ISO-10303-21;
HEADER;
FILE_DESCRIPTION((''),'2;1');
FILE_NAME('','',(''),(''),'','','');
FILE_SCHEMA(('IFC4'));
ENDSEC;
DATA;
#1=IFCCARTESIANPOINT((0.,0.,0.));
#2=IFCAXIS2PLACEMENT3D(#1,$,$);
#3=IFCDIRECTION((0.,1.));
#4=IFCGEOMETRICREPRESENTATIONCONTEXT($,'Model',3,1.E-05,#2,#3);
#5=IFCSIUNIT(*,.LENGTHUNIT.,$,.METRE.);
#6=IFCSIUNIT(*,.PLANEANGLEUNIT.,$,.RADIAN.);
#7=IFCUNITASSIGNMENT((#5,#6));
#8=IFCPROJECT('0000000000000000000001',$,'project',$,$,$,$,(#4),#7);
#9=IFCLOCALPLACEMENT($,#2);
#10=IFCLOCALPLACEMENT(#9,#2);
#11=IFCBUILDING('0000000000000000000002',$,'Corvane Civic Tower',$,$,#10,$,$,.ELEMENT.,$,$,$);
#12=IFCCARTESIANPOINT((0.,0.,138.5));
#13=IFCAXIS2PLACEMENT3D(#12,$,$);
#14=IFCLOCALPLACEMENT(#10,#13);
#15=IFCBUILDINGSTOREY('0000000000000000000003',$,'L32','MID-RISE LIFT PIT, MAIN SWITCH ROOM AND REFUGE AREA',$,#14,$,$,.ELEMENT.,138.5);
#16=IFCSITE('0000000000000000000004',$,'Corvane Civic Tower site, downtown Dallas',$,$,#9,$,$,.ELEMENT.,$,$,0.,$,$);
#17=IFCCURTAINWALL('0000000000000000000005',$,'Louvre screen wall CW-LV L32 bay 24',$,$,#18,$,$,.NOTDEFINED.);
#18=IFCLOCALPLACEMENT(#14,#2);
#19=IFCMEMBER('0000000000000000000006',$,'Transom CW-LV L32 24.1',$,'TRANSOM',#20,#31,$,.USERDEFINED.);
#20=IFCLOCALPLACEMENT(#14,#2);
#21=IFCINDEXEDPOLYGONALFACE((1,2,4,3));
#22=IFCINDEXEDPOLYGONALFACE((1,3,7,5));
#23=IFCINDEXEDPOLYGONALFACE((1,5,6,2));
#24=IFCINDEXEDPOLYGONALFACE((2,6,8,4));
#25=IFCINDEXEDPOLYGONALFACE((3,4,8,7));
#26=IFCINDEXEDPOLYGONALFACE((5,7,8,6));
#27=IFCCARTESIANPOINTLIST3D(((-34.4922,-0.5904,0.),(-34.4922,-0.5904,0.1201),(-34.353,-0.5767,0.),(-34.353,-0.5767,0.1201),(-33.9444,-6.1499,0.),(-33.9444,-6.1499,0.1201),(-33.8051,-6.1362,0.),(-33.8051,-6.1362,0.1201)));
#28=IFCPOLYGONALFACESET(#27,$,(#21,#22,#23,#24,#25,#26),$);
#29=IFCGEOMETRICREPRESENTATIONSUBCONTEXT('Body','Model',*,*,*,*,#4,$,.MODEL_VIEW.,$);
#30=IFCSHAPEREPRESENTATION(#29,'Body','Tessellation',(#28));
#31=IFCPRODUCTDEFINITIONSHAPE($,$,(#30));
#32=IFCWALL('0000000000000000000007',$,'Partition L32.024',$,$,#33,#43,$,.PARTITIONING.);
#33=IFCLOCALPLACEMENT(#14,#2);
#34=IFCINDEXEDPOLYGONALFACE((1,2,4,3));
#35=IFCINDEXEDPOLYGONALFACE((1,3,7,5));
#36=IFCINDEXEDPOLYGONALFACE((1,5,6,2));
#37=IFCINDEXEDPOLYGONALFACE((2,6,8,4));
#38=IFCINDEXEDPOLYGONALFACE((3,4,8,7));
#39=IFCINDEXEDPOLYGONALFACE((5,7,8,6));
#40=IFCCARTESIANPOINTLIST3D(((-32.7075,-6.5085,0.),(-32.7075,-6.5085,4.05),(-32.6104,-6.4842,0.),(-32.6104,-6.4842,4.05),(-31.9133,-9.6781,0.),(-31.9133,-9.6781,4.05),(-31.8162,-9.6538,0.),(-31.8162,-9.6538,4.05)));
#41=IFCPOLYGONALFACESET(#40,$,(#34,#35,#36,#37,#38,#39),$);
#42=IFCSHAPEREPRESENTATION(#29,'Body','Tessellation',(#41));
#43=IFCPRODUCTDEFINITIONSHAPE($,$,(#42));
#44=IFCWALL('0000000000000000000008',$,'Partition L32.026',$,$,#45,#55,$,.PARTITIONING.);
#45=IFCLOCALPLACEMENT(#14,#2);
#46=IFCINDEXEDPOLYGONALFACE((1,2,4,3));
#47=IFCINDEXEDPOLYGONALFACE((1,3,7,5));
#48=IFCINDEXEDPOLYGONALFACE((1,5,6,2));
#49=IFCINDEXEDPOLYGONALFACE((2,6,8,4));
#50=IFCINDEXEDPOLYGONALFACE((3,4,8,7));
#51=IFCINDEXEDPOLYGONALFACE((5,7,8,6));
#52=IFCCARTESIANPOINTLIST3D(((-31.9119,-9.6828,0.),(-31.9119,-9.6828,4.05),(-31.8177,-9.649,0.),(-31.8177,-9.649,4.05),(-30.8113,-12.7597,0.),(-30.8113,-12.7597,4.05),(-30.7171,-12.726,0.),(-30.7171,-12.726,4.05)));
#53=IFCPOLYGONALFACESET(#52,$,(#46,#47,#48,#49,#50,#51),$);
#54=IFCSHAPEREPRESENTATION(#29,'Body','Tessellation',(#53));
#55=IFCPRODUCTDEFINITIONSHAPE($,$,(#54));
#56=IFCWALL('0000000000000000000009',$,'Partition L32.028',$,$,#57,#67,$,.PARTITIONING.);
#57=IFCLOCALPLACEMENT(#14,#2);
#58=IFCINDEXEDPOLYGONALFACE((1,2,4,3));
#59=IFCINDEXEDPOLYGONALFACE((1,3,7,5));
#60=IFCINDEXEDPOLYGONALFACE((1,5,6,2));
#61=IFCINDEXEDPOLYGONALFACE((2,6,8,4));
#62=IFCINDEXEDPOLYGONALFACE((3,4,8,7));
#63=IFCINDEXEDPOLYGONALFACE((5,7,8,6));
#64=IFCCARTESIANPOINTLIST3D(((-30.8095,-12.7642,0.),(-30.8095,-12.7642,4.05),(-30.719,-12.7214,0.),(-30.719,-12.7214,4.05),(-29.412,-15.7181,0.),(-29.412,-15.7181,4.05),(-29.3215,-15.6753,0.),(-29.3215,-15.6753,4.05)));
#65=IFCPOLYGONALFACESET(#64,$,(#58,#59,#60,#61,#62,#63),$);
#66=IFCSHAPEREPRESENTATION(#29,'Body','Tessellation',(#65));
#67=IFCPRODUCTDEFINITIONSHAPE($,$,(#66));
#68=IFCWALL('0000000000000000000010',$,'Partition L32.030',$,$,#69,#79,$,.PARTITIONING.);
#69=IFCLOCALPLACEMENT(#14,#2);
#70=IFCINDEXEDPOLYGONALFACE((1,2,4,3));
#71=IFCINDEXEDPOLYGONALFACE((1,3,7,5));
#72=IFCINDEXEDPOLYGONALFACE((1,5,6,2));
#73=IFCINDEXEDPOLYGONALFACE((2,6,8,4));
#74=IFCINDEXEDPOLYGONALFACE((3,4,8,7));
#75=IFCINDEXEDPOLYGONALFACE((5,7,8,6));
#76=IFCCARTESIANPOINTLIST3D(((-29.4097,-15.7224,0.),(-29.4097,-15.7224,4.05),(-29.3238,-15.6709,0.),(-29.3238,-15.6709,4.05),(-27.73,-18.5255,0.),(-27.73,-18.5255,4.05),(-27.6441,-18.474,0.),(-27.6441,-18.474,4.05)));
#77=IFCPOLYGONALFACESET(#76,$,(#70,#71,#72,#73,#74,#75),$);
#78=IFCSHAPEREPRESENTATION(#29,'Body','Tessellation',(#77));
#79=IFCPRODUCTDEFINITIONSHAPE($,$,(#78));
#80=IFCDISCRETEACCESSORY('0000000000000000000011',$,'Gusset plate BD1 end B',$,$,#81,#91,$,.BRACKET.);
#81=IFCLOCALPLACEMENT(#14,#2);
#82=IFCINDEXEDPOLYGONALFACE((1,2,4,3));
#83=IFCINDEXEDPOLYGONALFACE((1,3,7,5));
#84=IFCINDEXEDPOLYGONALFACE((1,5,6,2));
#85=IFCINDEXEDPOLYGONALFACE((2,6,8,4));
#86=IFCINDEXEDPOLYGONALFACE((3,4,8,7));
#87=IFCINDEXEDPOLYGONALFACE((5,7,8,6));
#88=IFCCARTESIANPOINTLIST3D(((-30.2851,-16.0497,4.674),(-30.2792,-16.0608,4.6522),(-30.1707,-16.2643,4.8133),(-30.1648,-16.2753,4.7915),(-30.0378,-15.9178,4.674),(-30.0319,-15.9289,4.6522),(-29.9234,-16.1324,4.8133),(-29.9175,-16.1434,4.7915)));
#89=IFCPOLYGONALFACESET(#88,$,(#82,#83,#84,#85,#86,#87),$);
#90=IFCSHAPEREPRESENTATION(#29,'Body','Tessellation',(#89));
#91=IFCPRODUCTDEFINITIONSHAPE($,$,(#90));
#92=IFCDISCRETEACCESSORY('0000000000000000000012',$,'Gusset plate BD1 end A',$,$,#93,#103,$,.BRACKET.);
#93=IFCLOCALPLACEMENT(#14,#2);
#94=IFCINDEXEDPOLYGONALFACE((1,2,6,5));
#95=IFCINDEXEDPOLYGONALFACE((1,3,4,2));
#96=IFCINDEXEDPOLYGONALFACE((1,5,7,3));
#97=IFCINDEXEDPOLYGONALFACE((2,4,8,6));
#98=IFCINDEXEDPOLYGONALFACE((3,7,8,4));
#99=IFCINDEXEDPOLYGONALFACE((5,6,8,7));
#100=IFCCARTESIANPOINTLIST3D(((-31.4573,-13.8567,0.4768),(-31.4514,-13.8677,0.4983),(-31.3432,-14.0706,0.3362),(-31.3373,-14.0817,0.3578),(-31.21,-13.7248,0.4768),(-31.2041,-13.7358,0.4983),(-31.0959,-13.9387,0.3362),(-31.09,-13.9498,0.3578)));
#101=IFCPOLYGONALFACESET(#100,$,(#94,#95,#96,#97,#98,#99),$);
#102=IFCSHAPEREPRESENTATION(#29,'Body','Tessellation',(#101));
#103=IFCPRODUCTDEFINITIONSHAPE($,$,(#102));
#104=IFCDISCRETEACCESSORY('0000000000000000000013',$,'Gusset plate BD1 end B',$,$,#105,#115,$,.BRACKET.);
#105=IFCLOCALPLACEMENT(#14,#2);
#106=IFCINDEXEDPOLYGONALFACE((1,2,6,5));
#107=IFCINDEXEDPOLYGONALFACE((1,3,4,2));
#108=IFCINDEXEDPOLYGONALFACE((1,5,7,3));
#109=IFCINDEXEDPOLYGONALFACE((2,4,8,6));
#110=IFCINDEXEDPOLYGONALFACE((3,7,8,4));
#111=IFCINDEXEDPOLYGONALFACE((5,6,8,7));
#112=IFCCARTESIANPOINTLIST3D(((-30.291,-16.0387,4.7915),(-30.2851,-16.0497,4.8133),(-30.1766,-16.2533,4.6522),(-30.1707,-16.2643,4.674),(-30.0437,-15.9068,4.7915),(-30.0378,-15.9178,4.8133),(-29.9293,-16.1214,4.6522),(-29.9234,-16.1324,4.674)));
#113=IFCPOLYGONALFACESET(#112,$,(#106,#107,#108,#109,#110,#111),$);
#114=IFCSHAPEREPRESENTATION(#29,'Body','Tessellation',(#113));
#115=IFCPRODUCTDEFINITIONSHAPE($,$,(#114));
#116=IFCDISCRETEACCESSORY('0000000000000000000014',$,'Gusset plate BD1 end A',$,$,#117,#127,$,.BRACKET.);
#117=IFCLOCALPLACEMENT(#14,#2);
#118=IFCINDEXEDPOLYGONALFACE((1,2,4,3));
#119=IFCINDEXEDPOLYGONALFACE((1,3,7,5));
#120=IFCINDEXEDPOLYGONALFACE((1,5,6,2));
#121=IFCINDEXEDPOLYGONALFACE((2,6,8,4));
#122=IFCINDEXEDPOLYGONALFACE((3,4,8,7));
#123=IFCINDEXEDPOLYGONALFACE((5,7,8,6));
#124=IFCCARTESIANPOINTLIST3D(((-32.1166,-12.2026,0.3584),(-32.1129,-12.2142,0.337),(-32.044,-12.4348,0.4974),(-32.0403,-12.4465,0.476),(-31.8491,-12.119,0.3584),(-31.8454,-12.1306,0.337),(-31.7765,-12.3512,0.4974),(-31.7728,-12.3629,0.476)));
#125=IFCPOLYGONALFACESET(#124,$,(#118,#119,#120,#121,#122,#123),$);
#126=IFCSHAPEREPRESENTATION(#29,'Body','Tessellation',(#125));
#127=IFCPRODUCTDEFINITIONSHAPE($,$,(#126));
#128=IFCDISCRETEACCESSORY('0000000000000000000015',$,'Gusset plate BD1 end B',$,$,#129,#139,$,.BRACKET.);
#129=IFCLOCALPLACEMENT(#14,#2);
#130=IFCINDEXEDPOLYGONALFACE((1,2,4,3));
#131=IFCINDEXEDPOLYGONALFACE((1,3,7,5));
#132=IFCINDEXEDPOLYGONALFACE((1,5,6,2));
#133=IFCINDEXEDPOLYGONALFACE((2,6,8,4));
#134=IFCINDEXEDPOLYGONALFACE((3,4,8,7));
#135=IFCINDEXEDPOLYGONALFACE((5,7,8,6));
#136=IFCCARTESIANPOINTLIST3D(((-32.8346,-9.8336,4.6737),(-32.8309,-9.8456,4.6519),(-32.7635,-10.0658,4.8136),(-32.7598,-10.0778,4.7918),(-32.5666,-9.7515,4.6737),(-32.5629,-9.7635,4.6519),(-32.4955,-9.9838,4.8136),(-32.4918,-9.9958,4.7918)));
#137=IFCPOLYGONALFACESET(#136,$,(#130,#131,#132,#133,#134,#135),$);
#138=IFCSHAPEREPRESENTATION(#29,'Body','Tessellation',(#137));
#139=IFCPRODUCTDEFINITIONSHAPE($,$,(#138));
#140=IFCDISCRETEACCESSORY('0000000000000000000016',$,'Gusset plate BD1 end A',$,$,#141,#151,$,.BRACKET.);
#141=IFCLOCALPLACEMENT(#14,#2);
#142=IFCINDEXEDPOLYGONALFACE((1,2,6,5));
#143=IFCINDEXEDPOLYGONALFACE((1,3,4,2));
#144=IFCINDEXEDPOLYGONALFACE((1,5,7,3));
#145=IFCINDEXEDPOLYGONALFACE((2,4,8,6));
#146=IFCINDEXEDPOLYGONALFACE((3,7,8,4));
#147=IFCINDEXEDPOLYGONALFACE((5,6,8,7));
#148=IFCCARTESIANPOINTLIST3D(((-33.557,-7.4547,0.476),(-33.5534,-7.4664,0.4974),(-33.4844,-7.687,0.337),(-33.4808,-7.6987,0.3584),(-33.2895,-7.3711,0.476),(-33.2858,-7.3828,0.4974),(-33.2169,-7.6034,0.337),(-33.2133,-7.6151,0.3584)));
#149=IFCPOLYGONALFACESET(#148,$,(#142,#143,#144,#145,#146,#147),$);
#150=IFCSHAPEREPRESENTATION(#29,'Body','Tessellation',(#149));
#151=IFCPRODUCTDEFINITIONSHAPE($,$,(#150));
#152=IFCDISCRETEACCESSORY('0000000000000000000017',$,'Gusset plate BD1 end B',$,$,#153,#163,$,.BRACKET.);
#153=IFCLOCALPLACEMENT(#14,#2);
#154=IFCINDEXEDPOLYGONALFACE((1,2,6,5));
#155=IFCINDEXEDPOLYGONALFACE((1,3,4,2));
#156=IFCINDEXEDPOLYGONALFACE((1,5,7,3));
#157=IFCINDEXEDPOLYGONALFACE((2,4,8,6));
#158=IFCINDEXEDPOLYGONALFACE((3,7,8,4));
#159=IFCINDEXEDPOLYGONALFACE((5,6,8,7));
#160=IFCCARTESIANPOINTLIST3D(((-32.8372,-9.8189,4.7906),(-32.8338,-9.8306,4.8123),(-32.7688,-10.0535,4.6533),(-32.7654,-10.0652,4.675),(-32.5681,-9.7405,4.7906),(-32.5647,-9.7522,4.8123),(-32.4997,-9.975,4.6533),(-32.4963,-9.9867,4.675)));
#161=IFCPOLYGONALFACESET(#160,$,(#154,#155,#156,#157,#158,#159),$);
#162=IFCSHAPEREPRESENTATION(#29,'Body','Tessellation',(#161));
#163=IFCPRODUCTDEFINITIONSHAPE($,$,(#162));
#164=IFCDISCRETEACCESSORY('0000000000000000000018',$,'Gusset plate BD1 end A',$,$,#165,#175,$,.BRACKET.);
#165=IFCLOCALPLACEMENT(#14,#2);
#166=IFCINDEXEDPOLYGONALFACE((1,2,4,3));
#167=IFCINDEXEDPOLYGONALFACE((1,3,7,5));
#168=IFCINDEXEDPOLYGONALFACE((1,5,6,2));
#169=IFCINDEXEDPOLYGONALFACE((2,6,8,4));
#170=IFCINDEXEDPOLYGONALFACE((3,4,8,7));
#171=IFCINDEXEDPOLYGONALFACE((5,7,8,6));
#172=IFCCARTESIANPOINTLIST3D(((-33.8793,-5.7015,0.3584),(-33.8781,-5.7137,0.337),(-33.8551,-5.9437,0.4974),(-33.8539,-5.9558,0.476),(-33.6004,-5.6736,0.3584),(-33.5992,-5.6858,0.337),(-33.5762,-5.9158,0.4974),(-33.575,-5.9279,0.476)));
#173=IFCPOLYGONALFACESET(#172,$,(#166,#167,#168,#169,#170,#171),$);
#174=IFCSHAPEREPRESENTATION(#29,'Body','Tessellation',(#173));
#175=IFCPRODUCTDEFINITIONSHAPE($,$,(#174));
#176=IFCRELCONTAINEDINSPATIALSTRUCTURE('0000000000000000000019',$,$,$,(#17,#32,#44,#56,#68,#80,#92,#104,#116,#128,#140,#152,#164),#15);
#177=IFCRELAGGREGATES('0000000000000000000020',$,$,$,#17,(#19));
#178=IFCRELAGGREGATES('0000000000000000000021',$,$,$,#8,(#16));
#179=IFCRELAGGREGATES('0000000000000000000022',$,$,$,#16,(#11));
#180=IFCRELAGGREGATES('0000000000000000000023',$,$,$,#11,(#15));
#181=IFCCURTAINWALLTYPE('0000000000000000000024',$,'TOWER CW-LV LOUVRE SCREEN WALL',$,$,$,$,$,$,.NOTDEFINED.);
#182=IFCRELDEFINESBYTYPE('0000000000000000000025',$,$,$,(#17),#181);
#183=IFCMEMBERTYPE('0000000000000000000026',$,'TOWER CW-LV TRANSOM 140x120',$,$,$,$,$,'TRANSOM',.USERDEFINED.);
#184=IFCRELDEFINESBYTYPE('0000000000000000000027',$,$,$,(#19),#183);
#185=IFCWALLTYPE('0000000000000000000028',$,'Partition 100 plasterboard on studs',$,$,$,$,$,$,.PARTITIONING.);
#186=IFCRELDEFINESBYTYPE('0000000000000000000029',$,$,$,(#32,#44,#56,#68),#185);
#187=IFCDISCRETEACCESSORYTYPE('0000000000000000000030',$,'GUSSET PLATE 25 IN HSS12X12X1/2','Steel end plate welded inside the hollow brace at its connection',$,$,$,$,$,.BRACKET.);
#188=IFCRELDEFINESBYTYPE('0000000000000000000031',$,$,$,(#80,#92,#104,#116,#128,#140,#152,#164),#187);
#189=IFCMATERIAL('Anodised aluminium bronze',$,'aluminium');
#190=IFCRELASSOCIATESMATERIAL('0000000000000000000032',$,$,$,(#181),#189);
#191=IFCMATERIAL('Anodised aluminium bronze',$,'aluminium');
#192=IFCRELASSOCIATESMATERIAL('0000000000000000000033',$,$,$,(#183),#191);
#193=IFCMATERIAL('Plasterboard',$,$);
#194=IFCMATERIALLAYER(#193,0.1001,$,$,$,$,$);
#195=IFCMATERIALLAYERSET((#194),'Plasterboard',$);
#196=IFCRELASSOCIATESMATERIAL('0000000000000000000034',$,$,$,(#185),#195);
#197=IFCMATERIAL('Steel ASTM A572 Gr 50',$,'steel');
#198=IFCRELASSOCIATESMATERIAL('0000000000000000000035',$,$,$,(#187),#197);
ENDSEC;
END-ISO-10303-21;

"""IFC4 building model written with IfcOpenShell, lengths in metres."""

from ifc_helpers import new_model, si_unit, direction, frame, frame_2d, origin, origin_2d, place, context, subcontext, project, spatial, rectangle, extrude, material, layer, layer_set, material_profile, profile_set, type_object, element, aggregate, save


model = new_model("IFC4")

# Units and contexts
model_context = context("Model", 3, precision=1e-05, world=origin(), true_north=direction((0.0, 1.0)))
body_context = subcontext(model_context, "Body", "Model", "MODEL_VIEW")
ifc_project = project(units=[si_unit("LENGTHUNIT", "METRE"), si_unit("PLANEANGLEUNIT", "RADIAN")], contexts=[model_context])

# Site, building, storey
site_placement = place(None, origin())
site = spatial("IfcSite", under=ifc_project, at=site_placement, Name="Corvane Civic Tower site, downtown Dallas", CompositionType="ELEMENT", RefElevation=0.0)
building_placement = place(site_placement, origin())
building = spatial("IfcBuilding", under=site, at=building_placement, Name="Corvane Civic Tower", CompositionType="ELEMENT")
storey_placement = place(building_placement, frame((0.0, 0.0, 138.5)))
storey = spatial("IfcBuildingStorey", under=building, at=storey_placement, Name="L32", Description="MID-RISE LIFT PIT, MAIN SWITCH ROOM AND REFUGE AREA", CompositionType="ELEMENT", Elevation=138.5)

# Curtain wall, member
ifc_material_1 = material(Name="Anodised aluminium bronze", Category="aluminium")
curtain_wall_type = type_object("IfcCurtainWallType", Name="TOWER CW-LV LOUVRE SCREEN WALL", PredefinedType="NOTDEFINED", material=ifc_material_1)
ifc_material_2 = material(Name="Anodised aluminium bronze", Category="aluminium")
ifc_material_profile_1 = material_profile(ifc_material_2, rectangle(XDim=0.1399, YDim=0.1201, at=origin_2d()), Name="TOWER CW-LV TRANSOM 140x120")
ifc_profile_set_1 = profile_set([ifc_material_profile_1], Name="Anodised aluminium bronze")
member_type_1 = type_object("IfcMemberType", Name="TOWER CW-LV TRANSOM 140x120", ElementType="TRANSOM", PredefinedType="USERDEFINED", material=ifc_profile_set_1)
curtain_wall_1_placement = place(storey_placement, origin())
curtain_wall_1 = element("IfcCurtainWall", 1, at=curtain_wall_1_placement, inside=storey, type_object=curtain_wall_type, Name="Louvre screen wall CW-LV L32 bay 24", PredefinedType="NOTDEFINED")
member_1_placement = place(storey_placement, frame((-33.8748, -6.1431, 0.0601), z_axis=(-0.098067, 0.99518, 0.0), x_axis=(-0.99518, -0.098067, 0.0)))
member_1 = element("IfcMember", 2, at=member_1_placement, type_object=member_type_1, Name="Transom CW-LV L32 24.1", ObjectType="TRANSOM", PredefinedType="USERDEFINED", context=body_context, shape_type="SweptSolid", body=[
    extrude(rectangle(XDim=0.1399, YDim=0.1201, at=origin_2d()), origin(), (0.0, 0.0, 1.0), 5.5864),
])

# Walls
ifc_material_3 = material(Name="Plasterboard")
ifc_layer = layer(ifc_material_3, 0.1001)
ifc_layer_set = layer_set([ifc_layer], Name="Plasterboard")
wall_type = type_object("IfcWallType", Name="Partition 100 plasterboard on studs", PredefinedType="PARTITIONING", material=ifc_layer_set)
wall_placement = place(storey_placement, frame((-32.6589, -6.4963, 0.0), z_axis=(0.0, 0.0, 1.0), x_axis=(0.243045, -0.970015, 0.0)))
element("IfcWall", 3, at=wall_placement, inside=storey, type_object=wall_type, Name="Partition L32.024", PredefinedType="PARTITIONING", context=body_context, shape_type="SweptSolid", body=[
    extrude(rectangle(XDim=3.2676, YDim=0.1001, at=frame_2d((1.6338, 0.0))), origin(), (0.0, 0.0, 1.0), 4.05),
])
for number, where, z_axis, x_axis, name in (
    (4, (-31.8647, -9.666, 0.0), (0.0, 0.0, 1.0), (0.336795, -0.941578, 0.0), "Partition L32.026"),
    (5, (-30.7642, -12.7429, 0.0), (0.0, 0.0, 1.0), (0.427653, -0.903943, 0.0), "Partition L32.028"),
    (6, (-29.3667, -15.6968, 0.0), (0.0, 0.0, 1.0), (0.514023, -0.857776, 0.0), "Partition L32.030"),
):
    element("IfcWall", number, at=place(storey_placement, frame(where, z_axis=z_axis, x_axis=x_axis)), inside=storey, type_object=wall_type, Name=name, PredefinedType="PARTITIONING", context=body_context, shape_type="SweptSolid", body=[
        extrude(rectangle(XDim=3.2678, YDim=0.1001, at=frame_2d((1.6338, 0.0))), origin(), (0.0, 0.0, 1.0), 4.05),
    ])

aggregate(curtain_wall_1, [member_1])

# Discrete accessories
ifc_material_4 = material(Name="Steel ASTM A572 Gr 50", Category="steel")
ifc_material_profile_2 = material_profile(ifc_material_4, rectangle(XDim=0.2803, YDim=0.2803, at=origin_2d()), Name="GUSSET PLATE 25 IN HSS12X12X1/2")
ifc_profile_set_2 = profile_set([ifc_material_profile_2], Name="Steel ASTM A572 Gr 50")
discrete_accessory_type = type_object("IfcDiscreteAccessoryType", Name="GUSSET PLATE 25 IN HSS12X12X1/2", Description="Steel end plate welded inside the hollow brace at its connection", PredefinedType="BRACKET", material=ifc_profile_set_2)
discrete_accessory_1_placement = place(storey_placement, frame((-30.1042, -16.0911, 4.7437), z_axis=(0.233971, -0.438696, -0.867643), x_axis=(0.882353, 0.470588, 0.0)))
element("IfcDiscreteAccessory", 7, at=discrete_accessory_1_placement, inside=storey, type_object=discrete_accessory_type, Name="Gusset plate BD1 end B", PredefinedType="BRACKET", context=body_context, shape_type="SweptSolid", body=[
    extrude(rectangle(XDim=0.2803, YDim=0.2803, at=origin_2d()), origin(), (0.0, 0.0, 1.0), 0.0251),
])
discrete_accessory_2_placement = place(storey_placement, frame((-31.2766, -13.8977, 0.4065), z_axis=(0.235964, -0.442433, 0.865202), x_axis=(0.882353, 0.470588, 0.0)))
element("IfcDiscreteAccessory", 8, at=discrete_accessory_2_placement, inside=storey, type_object=discrete_accessory_type, Name="Gusset plate BD1 end A", PredefinedType="BRACKET", context=body_context, shape_type="SweptSolid", body=[
    extrude(rectangle(XDim=0.2803, YDim=0.2803, at=origin_2d()), origin(), (0.0, 0.0, 1.0), 0.0249),
])
discrete_accessory_3_placement = place(storey_placement, frame((-30.1042, -16.0911, 4.7437), z_axis=(-0.233971, 0.438696, -0.867643), x_axis=(-0.882353, -0.470588, 0.0)))
element("IfcDiscreteAccessory", 9, at=discrete_accessory_3_placement, inside=storey, type_object=discrete_accessory_type, Name="Gusset plate BD1 end B", PredefinedType="BRACKET", context=body_context, shape_type="SweptSolid", body=[
    extrude(rectangle(XDim=0.2803, YDim=0.2803, at=origin_2d()), origin(), (0.0, 0.0, 1.0), 0.0251),
])
discrete_accessory_4_placement = place(storey_placement, frame((-31.9429, -12.2886, 0.4065), z_axis=(-0.147993, 0.473579, 0.868228), x_axis=(-0.95448, -0.298275, 0.0)))
element("IfcDiscreteAccessory", 10, at=discrete_accessory_4_placement, inside=storey, type_object=discrete_accessory_type, Name="Gusset plate BD1 end A", PredefinedType="BRACKET", context=body_context, shape_type="SweptSolid", body=[
    extrude(rectangle(XDim=0.2803, YDim=0.2803, at=origin_2d()), origin(), (0.0, 0.0, 1.0), 0.0247),
])
discrete_accessory_5_placement = place(storey_placement, frame((-32.665, -9.9087, 4.7437), z_axis=(0.146058, -0.477124, -0.866614), x_axis=(0.9562, 0.292714, 0.0)))
element("IfcDiscreteAccessory", 11, at=discrete_accessory_5_placement, inside=storey, type_object=discrete_accessory_type, Name="Gusset plate BD1 end B", PredefinedType="BRACKET", context=body_context, shape_type="SweptSolid", body=[
    extrude(rectangle(XDim=0.2803, YDim=0.2803, at=origin_2d()), origin(), (0.0, 0.0, 1.0), 0.0251),
])
discrete_accessory_6_placement = place(storey_placement, frame((-33.387, -7.5291, 0.4065), z_axis=(0.147993, -0.473579, 0.868228), x_axis=(0.95448, 0.298275, 0.0)))
element("IfcDiscreteAccessory", 12, at=discrete_accessory_6_placement, inside=storey, type_object=discrete_accessory_type, Name="Gusset plate BD1 end A", PredefinedType="BRACKET", context=body_context, shape_type="SweptSolid", body=[
    extrude(rectangle(XDim=0.2803, YDim=0.2803, at=origin_2d()), origin(), (0.0, 0.0, 1.0), 0.0247),
])
discrete_accessory_7_placement = place(storey_placement, frame((-32.665, -9.9087, 4.7437), z_axis=(-0.137143, 0.470204, -0.871837), x_axis=(-0.96, -0.28, 0.0)))
element("IfcDiscreteAccessory", 13, at=discrete_accessory_7_placement, inside=storey, type_object=discrete_accessory_type, Name="Gusset plate BD1 end B", PredefinedType="BRACKET", context=body_context, shape_type="SweptSolid", body=[
    extrude(rectangle(XDim=0.2803, YDim=0.2803, at=origin_2d()), origin(), (0.0, 0.0, 1.0), 0.0249),
])
discrete_accessory_8_placement = place(storey_placement, frame((-33.7266, -5.8208, 0.4065), z_axis=(-0.049341, 0.493408, 0.868398), x_axis=(-0.995037, -0.099504, 0.0)))
element("IfcDiscreteAccessory", 14, at=discrete_accessory_8_placement, inside=storey, type_object=discrete_accessory_type, Name="Gusset plate BD1 end A", PredefinedType="BRACKET", context=body_context, shape_type="SweptSolid", body=[
    extrude(rectangle(XDim=0.2803, YDim=0.2803, at=origin_2d()), origin(), (0.0, 0.0, 1.0), 0.0247),
])

save(model, "model.ifc")
